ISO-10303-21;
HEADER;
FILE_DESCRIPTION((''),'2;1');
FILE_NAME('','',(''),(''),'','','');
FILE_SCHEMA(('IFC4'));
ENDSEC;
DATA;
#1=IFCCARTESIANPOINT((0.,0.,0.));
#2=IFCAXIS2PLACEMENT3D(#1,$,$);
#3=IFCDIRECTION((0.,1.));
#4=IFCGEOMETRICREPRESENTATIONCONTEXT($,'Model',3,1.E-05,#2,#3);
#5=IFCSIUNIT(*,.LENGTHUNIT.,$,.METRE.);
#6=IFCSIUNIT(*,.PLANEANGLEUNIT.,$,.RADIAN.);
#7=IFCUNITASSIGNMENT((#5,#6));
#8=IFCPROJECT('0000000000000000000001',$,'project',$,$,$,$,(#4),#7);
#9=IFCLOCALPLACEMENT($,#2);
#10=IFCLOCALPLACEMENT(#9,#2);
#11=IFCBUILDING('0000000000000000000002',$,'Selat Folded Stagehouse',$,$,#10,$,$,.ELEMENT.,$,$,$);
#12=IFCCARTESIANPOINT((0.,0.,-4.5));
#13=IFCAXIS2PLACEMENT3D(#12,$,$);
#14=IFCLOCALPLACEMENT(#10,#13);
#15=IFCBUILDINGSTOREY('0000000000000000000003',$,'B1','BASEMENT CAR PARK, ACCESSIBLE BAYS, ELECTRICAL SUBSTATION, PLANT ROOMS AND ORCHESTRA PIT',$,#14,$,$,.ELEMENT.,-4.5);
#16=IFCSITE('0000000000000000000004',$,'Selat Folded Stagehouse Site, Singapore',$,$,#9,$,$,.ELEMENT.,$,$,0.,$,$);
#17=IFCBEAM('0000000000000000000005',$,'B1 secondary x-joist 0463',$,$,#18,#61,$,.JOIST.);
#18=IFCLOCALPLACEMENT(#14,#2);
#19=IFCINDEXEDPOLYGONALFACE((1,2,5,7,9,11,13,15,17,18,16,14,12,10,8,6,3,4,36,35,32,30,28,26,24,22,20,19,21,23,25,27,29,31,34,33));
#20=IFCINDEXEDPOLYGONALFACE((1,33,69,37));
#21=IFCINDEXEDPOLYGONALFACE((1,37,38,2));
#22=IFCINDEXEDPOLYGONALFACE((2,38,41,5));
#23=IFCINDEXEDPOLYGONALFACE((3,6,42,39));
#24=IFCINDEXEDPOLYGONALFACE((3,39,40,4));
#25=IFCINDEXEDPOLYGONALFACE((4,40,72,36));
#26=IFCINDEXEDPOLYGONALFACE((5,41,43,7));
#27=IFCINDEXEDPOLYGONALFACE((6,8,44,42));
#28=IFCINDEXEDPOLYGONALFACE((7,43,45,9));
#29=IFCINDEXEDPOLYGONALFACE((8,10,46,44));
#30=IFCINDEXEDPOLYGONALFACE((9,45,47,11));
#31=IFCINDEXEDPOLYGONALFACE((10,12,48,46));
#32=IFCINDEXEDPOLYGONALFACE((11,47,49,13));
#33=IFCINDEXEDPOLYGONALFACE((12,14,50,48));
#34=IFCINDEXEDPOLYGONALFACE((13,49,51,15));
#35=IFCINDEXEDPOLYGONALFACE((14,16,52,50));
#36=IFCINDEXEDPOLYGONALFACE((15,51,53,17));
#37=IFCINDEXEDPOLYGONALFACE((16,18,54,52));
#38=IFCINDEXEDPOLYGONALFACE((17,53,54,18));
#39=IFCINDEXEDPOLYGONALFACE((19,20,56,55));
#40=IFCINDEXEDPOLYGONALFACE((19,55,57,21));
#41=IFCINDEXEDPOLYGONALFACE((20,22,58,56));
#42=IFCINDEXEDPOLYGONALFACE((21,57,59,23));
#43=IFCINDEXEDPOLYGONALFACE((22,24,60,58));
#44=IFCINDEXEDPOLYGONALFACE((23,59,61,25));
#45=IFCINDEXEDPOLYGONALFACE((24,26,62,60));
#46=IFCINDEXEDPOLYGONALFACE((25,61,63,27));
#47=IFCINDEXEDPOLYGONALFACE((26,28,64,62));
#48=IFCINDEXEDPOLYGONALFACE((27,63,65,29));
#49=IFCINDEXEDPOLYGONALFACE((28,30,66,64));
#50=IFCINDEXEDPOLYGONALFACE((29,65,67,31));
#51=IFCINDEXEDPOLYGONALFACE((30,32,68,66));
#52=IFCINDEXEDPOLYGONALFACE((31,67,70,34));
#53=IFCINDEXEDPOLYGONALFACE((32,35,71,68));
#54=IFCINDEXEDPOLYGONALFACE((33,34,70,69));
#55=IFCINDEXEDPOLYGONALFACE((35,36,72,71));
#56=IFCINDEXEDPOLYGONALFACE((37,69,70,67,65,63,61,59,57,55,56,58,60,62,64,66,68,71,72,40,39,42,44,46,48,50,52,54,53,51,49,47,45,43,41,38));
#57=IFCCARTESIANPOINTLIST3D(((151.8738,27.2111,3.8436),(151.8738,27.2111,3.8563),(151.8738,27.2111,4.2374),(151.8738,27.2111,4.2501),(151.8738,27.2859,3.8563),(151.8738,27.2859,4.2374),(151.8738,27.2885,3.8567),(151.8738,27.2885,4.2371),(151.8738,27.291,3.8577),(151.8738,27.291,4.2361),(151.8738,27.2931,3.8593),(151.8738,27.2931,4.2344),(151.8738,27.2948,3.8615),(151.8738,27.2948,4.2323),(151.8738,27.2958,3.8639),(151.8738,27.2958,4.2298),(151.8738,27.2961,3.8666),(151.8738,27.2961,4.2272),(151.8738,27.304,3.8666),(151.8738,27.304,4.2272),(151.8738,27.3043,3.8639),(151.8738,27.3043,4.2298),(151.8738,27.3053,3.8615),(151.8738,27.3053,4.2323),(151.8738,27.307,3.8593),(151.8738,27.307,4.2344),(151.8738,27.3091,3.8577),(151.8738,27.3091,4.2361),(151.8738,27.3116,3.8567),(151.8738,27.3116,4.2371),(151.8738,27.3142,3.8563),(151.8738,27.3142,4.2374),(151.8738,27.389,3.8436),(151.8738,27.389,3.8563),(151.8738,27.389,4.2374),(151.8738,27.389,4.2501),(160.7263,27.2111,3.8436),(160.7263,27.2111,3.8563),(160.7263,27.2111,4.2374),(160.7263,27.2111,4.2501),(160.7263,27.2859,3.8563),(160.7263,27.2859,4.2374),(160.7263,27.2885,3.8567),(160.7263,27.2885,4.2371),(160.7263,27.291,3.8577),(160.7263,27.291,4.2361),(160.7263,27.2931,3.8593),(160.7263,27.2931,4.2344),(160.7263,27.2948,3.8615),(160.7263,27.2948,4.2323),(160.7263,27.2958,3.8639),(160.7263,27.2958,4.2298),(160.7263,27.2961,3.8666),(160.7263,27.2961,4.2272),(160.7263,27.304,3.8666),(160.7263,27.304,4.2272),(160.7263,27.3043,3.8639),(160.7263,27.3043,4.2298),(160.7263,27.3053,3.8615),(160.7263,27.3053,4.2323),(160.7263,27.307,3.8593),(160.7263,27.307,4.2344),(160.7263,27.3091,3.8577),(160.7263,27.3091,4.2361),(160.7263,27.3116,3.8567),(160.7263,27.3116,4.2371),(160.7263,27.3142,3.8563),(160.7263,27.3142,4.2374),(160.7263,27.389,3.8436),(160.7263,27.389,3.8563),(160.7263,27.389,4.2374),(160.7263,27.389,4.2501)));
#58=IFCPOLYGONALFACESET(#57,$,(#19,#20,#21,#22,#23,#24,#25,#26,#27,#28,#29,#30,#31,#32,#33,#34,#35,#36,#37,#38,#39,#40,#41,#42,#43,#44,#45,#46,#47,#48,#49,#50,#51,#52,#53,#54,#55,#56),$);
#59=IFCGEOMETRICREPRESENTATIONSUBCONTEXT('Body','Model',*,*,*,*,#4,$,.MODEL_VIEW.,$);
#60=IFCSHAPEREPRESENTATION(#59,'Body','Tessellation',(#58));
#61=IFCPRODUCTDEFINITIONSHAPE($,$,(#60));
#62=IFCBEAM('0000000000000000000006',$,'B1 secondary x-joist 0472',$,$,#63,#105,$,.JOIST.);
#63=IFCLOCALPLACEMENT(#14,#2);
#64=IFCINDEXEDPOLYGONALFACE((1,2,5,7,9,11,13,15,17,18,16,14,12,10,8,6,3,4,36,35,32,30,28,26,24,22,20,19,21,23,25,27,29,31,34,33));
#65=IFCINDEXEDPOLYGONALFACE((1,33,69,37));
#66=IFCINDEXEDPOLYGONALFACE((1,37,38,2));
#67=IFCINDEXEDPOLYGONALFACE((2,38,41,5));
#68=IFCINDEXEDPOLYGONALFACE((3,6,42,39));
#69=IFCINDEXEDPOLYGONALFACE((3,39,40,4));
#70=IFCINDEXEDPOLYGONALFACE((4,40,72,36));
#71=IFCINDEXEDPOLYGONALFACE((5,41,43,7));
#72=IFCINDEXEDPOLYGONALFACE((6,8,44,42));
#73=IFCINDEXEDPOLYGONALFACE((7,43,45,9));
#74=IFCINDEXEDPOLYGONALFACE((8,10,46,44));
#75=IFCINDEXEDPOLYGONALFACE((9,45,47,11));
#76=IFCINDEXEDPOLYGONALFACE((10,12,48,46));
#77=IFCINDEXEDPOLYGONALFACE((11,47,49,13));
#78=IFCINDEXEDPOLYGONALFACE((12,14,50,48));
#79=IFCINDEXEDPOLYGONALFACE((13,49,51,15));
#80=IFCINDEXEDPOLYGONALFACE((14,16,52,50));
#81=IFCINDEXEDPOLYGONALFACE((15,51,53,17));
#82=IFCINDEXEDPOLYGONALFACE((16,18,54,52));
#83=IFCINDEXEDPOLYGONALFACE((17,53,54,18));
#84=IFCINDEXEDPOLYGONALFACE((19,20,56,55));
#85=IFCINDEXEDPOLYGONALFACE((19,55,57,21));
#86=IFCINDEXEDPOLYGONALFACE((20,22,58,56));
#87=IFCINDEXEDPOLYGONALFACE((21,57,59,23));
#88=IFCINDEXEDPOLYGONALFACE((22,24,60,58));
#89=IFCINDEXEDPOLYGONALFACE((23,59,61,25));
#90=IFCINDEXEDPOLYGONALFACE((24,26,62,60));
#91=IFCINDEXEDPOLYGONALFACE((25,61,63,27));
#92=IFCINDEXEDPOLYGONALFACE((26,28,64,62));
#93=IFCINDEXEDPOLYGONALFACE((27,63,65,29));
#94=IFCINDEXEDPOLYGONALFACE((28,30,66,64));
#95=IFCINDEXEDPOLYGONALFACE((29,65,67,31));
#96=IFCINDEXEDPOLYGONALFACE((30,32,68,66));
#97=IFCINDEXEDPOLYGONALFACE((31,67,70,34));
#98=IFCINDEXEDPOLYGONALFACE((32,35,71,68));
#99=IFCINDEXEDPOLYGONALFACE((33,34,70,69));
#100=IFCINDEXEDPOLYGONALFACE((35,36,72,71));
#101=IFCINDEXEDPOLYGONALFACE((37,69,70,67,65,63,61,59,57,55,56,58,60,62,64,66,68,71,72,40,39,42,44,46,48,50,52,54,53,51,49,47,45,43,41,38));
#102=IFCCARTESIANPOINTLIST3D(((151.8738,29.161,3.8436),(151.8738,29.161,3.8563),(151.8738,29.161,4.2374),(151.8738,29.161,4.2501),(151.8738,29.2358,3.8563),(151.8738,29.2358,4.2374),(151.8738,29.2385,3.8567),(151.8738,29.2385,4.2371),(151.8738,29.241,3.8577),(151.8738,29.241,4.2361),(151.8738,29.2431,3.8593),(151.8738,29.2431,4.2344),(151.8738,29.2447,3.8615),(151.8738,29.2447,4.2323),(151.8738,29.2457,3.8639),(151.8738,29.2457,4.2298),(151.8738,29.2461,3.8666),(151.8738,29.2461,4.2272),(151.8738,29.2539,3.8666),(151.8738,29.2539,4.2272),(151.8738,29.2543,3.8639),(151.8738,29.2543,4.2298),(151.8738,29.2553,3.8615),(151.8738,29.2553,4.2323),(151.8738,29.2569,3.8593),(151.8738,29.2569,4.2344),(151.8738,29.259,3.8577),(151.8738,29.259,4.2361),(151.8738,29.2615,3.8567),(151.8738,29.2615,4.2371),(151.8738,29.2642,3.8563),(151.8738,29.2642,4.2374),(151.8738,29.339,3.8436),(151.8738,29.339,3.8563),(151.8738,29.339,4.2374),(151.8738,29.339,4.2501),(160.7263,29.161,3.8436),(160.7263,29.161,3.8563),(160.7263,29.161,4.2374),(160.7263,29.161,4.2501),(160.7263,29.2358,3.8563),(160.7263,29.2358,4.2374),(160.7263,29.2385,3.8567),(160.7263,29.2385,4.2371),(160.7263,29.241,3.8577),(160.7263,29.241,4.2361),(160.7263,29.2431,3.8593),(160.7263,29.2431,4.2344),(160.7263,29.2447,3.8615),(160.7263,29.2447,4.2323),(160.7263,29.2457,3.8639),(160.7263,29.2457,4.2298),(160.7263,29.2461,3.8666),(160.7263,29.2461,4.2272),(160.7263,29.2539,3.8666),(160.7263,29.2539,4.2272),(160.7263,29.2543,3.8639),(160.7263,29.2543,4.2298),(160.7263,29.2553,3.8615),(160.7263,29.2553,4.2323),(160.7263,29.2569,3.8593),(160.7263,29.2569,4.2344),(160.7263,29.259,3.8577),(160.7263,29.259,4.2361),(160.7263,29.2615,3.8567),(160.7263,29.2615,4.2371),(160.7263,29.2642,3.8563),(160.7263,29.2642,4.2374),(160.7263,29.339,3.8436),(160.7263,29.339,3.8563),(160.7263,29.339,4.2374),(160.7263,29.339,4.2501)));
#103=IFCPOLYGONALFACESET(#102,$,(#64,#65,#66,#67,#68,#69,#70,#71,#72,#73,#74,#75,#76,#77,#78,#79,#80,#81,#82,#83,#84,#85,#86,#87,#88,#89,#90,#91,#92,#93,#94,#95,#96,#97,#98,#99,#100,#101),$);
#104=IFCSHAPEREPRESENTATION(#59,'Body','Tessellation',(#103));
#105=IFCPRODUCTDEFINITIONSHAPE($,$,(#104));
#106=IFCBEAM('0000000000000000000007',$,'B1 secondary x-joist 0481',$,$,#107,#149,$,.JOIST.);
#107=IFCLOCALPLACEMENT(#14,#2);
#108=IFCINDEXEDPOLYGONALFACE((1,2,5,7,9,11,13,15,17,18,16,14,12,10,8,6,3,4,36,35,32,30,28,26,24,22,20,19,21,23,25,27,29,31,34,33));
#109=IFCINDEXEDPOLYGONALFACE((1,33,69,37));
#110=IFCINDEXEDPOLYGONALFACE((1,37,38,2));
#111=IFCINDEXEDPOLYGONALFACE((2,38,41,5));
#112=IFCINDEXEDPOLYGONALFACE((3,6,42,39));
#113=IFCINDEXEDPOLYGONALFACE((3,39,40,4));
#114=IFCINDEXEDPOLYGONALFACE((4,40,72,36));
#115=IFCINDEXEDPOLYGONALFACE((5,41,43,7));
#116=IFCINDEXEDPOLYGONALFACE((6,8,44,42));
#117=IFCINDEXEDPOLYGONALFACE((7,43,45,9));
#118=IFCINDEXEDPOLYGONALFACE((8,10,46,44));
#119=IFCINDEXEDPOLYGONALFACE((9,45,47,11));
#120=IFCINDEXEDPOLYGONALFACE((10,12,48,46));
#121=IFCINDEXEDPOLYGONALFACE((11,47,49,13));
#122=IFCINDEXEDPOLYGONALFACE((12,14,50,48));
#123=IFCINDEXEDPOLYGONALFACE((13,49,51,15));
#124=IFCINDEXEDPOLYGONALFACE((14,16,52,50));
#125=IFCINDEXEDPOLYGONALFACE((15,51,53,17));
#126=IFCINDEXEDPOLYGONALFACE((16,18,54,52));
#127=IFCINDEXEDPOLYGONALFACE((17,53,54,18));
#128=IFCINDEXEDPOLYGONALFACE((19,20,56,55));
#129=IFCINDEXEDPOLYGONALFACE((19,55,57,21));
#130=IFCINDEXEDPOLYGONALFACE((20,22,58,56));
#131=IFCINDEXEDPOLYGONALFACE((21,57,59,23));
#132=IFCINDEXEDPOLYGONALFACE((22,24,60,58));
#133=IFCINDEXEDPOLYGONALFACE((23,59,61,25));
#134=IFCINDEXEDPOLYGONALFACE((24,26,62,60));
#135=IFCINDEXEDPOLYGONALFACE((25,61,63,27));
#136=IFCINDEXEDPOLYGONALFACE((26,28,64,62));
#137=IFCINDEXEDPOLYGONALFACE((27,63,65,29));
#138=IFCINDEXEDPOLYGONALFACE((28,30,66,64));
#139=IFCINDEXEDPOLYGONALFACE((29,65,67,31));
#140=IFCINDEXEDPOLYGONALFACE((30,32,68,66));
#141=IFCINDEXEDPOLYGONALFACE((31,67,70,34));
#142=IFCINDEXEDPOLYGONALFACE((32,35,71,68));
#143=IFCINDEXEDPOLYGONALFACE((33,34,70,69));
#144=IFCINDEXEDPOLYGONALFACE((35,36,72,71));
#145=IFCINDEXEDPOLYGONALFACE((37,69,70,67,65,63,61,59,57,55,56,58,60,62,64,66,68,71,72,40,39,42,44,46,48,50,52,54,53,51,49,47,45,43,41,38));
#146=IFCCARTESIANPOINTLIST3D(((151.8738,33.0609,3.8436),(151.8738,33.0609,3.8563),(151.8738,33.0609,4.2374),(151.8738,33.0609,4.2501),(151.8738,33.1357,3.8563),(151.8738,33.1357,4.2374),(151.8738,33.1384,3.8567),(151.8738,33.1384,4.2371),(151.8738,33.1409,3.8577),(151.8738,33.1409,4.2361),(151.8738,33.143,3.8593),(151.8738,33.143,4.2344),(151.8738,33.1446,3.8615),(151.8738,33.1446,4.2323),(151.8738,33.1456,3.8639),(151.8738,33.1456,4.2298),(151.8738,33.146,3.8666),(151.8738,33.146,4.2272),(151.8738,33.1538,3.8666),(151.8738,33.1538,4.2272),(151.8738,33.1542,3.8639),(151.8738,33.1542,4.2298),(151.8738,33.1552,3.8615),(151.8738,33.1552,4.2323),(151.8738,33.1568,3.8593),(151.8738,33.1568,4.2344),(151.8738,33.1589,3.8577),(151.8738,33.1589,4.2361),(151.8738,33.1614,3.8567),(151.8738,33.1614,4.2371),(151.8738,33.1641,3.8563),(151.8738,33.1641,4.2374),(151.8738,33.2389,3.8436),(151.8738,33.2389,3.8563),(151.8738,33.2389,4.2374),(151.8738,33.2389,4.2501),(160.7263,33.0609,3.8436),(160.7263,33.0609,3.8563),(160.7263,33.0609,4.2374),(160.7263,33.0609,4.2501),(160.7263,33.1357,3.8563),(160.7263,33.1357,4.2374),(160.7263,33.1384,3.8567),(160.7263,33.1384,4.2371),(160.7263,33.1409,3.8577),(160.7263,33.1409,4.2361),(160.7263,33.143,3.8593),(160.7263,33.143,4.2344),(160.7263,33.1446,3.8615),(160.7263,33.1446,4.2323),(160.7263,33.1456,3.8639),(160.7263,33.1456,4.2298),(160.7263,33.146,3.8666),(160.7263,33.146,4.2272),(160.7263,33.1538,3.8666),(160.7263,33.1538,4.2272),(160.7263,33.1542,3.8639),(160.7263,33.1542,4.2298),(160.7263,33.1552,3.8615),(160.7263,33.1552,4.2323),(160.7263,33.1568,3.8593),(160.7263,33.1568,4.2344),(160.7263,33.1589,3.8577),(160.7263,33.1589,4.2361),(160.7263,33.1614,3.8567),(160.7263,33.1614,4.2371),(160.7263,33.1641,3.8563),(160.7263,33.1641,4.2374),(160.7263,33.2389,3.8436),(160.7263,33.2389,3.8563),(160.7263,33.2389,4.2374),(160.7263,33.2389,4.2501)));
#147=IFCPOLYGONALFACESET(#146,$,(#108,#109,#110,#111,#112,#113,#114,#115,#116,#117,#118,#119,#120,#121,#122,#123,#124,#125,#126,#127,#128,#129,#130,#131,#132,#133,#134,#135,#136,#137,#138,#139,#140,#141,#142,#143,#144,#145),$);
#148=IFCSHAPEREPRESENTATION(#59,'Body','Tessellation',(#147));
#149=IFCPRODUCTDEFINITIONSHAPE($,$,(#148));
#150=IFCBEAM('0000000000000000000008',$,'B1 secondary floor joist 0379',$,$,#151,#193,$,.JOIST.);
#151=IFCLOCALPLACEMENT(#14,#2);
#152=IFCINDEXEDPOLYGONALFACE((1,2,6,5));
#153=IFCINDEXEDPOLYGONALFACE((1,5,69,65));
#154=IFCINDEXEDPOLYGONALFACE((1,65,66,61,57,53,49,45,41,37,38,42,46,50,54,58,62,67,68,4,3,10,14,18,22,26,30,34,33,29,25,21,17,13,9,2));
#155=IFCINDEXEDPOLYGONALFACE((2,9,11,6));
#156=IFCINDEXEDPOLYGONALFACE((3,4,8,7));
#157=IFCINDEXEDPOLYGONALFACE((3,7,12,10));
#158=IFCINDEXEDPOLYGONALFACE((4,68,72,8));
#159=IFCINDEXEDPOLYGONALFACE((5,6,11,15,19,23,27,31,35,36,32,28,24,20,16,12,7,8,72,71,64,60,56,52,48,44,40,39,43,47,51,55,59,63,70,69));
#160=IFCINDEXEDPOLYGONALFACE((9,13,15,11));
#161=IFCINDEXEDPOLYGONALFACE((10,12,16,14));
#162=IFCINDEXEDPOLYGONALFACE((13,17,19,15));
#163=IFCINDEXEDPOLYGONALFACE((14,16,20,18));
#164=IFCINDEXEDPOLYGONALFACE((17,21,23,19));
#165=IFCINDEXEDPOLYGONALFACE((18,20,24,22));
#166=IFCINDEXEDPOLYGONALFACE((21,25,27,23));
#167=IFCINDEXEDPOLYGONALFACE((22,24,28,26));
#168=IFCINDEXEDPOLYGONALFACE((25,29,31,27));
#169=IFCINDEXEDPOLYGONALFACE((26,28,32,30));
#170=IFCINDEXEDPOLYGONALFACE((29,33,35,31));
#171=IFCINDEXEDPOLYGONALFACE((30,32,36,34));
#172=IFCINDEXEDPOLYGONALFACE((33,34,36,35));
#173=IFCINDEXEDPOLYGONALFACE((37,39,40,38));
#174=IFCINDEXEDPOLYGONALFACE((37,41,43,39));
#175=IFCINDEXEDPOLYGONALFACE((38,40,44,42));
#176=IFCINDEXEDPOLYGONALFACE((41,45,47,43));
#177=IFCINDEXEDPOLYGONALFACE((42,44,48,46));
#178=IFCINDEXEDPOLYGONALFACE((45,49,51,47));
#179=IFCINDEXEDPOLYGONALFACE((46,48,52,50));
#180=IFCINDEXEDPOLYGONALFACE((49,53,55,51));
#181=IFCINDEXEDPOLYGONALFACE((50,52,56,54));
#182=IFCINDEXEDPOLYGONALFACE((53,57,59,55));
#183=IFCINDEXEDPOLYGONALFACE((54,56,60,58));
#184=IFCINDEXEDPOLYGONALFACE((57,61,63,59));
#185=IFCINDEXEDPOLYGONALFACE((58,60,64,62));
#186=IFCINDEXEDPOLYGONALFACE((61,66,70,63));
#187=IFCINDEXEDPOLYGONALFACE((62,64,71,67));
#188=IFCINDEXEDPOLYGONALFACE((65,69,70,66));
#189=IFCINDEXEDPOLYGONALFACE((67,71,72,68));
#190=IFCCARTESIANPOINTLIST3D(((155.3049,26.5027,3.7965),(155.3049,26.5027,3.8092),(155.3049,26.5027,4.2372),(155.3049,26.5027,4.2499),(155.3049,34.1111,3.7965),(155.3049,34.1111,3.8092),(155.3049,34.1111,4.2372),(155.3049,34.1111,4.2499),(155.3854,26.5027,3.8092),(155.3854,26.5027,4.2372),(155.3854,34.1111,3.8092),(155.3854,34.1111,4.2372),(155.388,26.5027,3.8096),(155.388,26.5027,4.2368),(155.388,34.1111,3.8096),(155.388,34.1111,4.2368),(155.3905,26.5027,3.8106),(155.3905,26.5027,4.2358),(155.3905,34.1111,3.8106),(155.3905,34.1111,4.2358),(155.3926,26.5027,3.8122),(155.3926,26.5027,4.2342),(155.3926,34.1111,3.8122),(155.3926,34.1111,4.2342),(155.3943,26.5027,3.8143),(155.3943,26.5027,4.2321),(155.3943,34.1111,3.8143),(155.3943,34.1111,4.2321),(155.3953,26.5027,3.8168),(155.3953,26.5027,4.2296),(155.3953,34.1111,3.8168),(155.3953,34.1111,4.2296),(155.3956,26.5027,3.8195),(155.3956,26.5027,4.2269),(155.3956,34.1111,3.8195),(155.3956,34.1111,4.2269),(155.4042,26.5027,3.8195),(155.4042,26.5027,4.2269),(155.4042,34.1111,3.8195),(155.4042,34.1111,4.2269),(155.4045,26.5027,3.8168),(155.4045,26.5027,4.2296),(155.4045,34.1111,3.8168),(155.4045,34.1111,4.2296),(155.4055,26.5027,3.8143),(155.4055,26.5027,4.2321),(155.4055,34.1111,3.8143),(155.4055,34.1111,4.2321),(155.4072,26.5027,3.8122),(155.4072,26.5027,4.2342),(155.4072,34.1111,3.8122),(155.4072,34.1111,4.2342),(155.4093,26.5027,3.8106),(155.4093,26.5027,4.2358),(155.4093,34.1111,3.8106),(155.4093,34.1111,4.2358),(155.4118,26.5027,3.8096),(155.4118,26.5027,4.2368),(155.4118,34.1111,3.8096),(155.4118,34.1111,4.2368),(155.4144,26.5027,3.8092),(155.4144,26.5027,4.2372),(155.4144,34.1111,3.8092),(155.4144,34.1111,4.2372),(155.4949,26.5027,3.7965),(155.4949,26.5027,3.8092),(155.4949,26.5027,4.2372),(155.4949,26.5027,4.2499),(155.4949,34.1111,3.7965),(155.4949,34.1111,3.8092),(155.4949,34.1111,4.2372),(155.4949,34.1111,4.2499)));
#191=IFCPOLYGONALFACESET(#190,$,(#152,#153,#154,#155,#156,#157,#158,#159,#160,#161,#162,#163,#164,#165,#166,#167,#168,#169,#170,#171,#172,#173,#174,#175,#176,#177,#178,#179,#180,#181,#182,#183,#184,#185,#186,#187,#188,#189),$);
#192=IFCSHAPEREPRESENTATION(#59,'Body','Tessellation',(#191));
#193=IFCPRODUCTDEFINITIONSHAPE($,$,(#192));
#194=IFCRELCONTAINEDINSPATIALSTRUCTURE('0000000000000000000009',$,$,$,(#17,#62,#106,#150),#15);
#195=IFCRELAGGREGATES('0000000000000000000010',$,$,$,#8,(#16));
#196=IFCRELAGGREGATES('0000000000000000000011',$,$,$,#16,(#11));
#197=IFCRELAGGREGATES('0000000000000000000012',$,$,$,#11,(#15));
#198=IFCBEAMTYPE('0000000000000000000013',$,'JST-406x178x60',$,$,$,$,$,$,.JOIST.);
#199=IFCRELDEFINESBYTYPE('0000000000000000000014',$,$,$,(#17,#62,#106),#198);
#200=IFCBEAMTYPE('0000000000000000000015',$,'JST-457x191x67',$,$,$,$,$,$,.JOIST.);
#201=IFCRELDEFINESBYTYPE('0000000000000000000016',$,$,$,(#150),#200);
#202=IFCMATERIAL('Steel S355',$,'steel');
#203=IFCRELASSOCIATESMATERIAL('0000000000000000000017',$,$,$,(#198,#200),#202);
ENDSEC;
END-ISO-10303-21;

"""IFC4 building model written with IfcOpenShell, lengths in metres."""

from ifc_helpers import new_model, si_unit, direction, frame, origin, origin_2d, place, context, subcontext, project, spatial, i_section, extrude, material, material_profile, profile_set, type_object, element, save


model = new_model("IFC4")

# Units and contexts
model_context = context("Model", 3, precision=1e-05, world=origin(), true_north=direction((0.0, 1.0)))
body_context = subcontext(model_context, "Body", "Model", "MODEL_VIEW")
ifc_project = project(units=[si_unit("LENGTHUNIT", "METRE"), si_unit("PLANEANGLEUNIT", "RADIAN")], contexts=[model_context])

# Site, building, storey
site_placement = place(None, origin())
site = spatial("IfcSite", under=ifc_project, at=site_placement, Name="Selat Folded Stagehouse Site, Singapore", CompositionType="ELEMENT", RefElevation=0.0)
building_placement = place(site_placement, origin())
building = spatial("IfcBuilding", under=site, at=building_placement, Name="Selat Folded Stagehouse", CompositionType="ELEMENT")
storey_placement = place(building_placement, frame((0.0, 0.0, -4.5)))
storey = spatial("IfcBuildingStorey", under=building, at=storey_placement, Name="B1", Description="BASEMENT CAR PARK, ACCESSIBLE BAYS, ELECTRICAL SUBSTATION, PLANT ROOMS AND ORCHESTRA PIT", CompositionType="ELEMENT", Elevation=-4.5)

# Shared definitions
ifc_material_1 = material(Name="Steel S355", Category="steel")

# Beams
ifc_material_profile_1 = material_profile(ifc_material_1, i_section(OverallWidth=0.178, OverallDepth=0.4065, WebThickness=0.0078, FlangeThickness=0.0127, FilletRadius=0.0103, at=origin_2d()), Name="UKB 406x178x60")
ifc_profile_set_1 = profile_set([ifc_material_profile_1], Name="Steel S355")
beam_type_1 = type_object("IfcBeamType", Name="JST-406x178x60", PredefinedType="JOIST", material=ifc_profile_set_1)
for number, where, z_axis, x_axis, name in (
    (1, (151.8738, 27.3, 4.0469), (1.0, 0.0, 0.0), (0.0, 1.0, 0.0), "B1 secondary x-joist 0463"),
    (2, (151.8738, 29.25, 4.0469), (1.0, 0.0, 0.0), (0.0, 1.0, 0.0), "B1 secondary x-joist 0472"),
    (3, (151.8738, 33.1499, 4.0469), (1.0, 0.0, 0.0), (0.0, 1.0, 0.0), "B1 secondary x-joist 0481"),
):
    element("IfcBeam", number, at=place(storey_placement, frame(where, z_axis=z_axis, x_axis=x_axis)), inside=storey, type_object=beam_type_1, Name=name, PredefinedType="JOIST", context=body_context, shape_type="SweptSolid", body=[
        extrude(i_section(OverallWidth=0.178, OverallDepth=0.4065, WebThickness=0.0078, FlangeThickness=0.0127, FilletRadius=0.0103, at=origin_2d()), origin(), (0.0, 0.0, 1.0), 8.8525),
    ])
ifc_material_profile_2 = material_profile(ifc_material_1, i_section(OverallWidth=0.1899, OverallDepth=0.4534, WebThickness=0.0085, FlangeThickness=0.0127, FilletRadius=0.0103, at=origin_2d()), Name="UKB 457x191x67")
ifc_profile_set_2 = profile_set([ifc_material_profile_2], Name="Steel S355")
beam_type_2 = type_object("IfcBeamType", Name="JST-457x191x67", PredefinedType="JOIST", material=ifc_profile_set_2)
for number, where, z_axis, x_axis, name in (
    (4, (155.3999, 26.5027, 4.0232), (0.0, 1.0, 0.0), (-1.0, 0.0, 0.0), "B1 secondary floor joist 0379"),
):
    element("IfcBeam", number, at=place(storey_placement, frame(where, z_axis=z_axis, x_axis=x_axis)), inside=storey, type_object=beam_type_2, Name=name, PredefinedType="JOIST", context=body_context, shape_type="SweptSolid", body=[
        extrude(i_section(OverallWidth=0.1899, OverallDepth=0.4534, WebThickness=0.0085, FlangeThickness=0.0127, FilletRadius=0.0103, at=origin_2d()), origin(), (0.0, 0.0, 1.0), 7.6084),
    ])

save(model, "model.ifc")
